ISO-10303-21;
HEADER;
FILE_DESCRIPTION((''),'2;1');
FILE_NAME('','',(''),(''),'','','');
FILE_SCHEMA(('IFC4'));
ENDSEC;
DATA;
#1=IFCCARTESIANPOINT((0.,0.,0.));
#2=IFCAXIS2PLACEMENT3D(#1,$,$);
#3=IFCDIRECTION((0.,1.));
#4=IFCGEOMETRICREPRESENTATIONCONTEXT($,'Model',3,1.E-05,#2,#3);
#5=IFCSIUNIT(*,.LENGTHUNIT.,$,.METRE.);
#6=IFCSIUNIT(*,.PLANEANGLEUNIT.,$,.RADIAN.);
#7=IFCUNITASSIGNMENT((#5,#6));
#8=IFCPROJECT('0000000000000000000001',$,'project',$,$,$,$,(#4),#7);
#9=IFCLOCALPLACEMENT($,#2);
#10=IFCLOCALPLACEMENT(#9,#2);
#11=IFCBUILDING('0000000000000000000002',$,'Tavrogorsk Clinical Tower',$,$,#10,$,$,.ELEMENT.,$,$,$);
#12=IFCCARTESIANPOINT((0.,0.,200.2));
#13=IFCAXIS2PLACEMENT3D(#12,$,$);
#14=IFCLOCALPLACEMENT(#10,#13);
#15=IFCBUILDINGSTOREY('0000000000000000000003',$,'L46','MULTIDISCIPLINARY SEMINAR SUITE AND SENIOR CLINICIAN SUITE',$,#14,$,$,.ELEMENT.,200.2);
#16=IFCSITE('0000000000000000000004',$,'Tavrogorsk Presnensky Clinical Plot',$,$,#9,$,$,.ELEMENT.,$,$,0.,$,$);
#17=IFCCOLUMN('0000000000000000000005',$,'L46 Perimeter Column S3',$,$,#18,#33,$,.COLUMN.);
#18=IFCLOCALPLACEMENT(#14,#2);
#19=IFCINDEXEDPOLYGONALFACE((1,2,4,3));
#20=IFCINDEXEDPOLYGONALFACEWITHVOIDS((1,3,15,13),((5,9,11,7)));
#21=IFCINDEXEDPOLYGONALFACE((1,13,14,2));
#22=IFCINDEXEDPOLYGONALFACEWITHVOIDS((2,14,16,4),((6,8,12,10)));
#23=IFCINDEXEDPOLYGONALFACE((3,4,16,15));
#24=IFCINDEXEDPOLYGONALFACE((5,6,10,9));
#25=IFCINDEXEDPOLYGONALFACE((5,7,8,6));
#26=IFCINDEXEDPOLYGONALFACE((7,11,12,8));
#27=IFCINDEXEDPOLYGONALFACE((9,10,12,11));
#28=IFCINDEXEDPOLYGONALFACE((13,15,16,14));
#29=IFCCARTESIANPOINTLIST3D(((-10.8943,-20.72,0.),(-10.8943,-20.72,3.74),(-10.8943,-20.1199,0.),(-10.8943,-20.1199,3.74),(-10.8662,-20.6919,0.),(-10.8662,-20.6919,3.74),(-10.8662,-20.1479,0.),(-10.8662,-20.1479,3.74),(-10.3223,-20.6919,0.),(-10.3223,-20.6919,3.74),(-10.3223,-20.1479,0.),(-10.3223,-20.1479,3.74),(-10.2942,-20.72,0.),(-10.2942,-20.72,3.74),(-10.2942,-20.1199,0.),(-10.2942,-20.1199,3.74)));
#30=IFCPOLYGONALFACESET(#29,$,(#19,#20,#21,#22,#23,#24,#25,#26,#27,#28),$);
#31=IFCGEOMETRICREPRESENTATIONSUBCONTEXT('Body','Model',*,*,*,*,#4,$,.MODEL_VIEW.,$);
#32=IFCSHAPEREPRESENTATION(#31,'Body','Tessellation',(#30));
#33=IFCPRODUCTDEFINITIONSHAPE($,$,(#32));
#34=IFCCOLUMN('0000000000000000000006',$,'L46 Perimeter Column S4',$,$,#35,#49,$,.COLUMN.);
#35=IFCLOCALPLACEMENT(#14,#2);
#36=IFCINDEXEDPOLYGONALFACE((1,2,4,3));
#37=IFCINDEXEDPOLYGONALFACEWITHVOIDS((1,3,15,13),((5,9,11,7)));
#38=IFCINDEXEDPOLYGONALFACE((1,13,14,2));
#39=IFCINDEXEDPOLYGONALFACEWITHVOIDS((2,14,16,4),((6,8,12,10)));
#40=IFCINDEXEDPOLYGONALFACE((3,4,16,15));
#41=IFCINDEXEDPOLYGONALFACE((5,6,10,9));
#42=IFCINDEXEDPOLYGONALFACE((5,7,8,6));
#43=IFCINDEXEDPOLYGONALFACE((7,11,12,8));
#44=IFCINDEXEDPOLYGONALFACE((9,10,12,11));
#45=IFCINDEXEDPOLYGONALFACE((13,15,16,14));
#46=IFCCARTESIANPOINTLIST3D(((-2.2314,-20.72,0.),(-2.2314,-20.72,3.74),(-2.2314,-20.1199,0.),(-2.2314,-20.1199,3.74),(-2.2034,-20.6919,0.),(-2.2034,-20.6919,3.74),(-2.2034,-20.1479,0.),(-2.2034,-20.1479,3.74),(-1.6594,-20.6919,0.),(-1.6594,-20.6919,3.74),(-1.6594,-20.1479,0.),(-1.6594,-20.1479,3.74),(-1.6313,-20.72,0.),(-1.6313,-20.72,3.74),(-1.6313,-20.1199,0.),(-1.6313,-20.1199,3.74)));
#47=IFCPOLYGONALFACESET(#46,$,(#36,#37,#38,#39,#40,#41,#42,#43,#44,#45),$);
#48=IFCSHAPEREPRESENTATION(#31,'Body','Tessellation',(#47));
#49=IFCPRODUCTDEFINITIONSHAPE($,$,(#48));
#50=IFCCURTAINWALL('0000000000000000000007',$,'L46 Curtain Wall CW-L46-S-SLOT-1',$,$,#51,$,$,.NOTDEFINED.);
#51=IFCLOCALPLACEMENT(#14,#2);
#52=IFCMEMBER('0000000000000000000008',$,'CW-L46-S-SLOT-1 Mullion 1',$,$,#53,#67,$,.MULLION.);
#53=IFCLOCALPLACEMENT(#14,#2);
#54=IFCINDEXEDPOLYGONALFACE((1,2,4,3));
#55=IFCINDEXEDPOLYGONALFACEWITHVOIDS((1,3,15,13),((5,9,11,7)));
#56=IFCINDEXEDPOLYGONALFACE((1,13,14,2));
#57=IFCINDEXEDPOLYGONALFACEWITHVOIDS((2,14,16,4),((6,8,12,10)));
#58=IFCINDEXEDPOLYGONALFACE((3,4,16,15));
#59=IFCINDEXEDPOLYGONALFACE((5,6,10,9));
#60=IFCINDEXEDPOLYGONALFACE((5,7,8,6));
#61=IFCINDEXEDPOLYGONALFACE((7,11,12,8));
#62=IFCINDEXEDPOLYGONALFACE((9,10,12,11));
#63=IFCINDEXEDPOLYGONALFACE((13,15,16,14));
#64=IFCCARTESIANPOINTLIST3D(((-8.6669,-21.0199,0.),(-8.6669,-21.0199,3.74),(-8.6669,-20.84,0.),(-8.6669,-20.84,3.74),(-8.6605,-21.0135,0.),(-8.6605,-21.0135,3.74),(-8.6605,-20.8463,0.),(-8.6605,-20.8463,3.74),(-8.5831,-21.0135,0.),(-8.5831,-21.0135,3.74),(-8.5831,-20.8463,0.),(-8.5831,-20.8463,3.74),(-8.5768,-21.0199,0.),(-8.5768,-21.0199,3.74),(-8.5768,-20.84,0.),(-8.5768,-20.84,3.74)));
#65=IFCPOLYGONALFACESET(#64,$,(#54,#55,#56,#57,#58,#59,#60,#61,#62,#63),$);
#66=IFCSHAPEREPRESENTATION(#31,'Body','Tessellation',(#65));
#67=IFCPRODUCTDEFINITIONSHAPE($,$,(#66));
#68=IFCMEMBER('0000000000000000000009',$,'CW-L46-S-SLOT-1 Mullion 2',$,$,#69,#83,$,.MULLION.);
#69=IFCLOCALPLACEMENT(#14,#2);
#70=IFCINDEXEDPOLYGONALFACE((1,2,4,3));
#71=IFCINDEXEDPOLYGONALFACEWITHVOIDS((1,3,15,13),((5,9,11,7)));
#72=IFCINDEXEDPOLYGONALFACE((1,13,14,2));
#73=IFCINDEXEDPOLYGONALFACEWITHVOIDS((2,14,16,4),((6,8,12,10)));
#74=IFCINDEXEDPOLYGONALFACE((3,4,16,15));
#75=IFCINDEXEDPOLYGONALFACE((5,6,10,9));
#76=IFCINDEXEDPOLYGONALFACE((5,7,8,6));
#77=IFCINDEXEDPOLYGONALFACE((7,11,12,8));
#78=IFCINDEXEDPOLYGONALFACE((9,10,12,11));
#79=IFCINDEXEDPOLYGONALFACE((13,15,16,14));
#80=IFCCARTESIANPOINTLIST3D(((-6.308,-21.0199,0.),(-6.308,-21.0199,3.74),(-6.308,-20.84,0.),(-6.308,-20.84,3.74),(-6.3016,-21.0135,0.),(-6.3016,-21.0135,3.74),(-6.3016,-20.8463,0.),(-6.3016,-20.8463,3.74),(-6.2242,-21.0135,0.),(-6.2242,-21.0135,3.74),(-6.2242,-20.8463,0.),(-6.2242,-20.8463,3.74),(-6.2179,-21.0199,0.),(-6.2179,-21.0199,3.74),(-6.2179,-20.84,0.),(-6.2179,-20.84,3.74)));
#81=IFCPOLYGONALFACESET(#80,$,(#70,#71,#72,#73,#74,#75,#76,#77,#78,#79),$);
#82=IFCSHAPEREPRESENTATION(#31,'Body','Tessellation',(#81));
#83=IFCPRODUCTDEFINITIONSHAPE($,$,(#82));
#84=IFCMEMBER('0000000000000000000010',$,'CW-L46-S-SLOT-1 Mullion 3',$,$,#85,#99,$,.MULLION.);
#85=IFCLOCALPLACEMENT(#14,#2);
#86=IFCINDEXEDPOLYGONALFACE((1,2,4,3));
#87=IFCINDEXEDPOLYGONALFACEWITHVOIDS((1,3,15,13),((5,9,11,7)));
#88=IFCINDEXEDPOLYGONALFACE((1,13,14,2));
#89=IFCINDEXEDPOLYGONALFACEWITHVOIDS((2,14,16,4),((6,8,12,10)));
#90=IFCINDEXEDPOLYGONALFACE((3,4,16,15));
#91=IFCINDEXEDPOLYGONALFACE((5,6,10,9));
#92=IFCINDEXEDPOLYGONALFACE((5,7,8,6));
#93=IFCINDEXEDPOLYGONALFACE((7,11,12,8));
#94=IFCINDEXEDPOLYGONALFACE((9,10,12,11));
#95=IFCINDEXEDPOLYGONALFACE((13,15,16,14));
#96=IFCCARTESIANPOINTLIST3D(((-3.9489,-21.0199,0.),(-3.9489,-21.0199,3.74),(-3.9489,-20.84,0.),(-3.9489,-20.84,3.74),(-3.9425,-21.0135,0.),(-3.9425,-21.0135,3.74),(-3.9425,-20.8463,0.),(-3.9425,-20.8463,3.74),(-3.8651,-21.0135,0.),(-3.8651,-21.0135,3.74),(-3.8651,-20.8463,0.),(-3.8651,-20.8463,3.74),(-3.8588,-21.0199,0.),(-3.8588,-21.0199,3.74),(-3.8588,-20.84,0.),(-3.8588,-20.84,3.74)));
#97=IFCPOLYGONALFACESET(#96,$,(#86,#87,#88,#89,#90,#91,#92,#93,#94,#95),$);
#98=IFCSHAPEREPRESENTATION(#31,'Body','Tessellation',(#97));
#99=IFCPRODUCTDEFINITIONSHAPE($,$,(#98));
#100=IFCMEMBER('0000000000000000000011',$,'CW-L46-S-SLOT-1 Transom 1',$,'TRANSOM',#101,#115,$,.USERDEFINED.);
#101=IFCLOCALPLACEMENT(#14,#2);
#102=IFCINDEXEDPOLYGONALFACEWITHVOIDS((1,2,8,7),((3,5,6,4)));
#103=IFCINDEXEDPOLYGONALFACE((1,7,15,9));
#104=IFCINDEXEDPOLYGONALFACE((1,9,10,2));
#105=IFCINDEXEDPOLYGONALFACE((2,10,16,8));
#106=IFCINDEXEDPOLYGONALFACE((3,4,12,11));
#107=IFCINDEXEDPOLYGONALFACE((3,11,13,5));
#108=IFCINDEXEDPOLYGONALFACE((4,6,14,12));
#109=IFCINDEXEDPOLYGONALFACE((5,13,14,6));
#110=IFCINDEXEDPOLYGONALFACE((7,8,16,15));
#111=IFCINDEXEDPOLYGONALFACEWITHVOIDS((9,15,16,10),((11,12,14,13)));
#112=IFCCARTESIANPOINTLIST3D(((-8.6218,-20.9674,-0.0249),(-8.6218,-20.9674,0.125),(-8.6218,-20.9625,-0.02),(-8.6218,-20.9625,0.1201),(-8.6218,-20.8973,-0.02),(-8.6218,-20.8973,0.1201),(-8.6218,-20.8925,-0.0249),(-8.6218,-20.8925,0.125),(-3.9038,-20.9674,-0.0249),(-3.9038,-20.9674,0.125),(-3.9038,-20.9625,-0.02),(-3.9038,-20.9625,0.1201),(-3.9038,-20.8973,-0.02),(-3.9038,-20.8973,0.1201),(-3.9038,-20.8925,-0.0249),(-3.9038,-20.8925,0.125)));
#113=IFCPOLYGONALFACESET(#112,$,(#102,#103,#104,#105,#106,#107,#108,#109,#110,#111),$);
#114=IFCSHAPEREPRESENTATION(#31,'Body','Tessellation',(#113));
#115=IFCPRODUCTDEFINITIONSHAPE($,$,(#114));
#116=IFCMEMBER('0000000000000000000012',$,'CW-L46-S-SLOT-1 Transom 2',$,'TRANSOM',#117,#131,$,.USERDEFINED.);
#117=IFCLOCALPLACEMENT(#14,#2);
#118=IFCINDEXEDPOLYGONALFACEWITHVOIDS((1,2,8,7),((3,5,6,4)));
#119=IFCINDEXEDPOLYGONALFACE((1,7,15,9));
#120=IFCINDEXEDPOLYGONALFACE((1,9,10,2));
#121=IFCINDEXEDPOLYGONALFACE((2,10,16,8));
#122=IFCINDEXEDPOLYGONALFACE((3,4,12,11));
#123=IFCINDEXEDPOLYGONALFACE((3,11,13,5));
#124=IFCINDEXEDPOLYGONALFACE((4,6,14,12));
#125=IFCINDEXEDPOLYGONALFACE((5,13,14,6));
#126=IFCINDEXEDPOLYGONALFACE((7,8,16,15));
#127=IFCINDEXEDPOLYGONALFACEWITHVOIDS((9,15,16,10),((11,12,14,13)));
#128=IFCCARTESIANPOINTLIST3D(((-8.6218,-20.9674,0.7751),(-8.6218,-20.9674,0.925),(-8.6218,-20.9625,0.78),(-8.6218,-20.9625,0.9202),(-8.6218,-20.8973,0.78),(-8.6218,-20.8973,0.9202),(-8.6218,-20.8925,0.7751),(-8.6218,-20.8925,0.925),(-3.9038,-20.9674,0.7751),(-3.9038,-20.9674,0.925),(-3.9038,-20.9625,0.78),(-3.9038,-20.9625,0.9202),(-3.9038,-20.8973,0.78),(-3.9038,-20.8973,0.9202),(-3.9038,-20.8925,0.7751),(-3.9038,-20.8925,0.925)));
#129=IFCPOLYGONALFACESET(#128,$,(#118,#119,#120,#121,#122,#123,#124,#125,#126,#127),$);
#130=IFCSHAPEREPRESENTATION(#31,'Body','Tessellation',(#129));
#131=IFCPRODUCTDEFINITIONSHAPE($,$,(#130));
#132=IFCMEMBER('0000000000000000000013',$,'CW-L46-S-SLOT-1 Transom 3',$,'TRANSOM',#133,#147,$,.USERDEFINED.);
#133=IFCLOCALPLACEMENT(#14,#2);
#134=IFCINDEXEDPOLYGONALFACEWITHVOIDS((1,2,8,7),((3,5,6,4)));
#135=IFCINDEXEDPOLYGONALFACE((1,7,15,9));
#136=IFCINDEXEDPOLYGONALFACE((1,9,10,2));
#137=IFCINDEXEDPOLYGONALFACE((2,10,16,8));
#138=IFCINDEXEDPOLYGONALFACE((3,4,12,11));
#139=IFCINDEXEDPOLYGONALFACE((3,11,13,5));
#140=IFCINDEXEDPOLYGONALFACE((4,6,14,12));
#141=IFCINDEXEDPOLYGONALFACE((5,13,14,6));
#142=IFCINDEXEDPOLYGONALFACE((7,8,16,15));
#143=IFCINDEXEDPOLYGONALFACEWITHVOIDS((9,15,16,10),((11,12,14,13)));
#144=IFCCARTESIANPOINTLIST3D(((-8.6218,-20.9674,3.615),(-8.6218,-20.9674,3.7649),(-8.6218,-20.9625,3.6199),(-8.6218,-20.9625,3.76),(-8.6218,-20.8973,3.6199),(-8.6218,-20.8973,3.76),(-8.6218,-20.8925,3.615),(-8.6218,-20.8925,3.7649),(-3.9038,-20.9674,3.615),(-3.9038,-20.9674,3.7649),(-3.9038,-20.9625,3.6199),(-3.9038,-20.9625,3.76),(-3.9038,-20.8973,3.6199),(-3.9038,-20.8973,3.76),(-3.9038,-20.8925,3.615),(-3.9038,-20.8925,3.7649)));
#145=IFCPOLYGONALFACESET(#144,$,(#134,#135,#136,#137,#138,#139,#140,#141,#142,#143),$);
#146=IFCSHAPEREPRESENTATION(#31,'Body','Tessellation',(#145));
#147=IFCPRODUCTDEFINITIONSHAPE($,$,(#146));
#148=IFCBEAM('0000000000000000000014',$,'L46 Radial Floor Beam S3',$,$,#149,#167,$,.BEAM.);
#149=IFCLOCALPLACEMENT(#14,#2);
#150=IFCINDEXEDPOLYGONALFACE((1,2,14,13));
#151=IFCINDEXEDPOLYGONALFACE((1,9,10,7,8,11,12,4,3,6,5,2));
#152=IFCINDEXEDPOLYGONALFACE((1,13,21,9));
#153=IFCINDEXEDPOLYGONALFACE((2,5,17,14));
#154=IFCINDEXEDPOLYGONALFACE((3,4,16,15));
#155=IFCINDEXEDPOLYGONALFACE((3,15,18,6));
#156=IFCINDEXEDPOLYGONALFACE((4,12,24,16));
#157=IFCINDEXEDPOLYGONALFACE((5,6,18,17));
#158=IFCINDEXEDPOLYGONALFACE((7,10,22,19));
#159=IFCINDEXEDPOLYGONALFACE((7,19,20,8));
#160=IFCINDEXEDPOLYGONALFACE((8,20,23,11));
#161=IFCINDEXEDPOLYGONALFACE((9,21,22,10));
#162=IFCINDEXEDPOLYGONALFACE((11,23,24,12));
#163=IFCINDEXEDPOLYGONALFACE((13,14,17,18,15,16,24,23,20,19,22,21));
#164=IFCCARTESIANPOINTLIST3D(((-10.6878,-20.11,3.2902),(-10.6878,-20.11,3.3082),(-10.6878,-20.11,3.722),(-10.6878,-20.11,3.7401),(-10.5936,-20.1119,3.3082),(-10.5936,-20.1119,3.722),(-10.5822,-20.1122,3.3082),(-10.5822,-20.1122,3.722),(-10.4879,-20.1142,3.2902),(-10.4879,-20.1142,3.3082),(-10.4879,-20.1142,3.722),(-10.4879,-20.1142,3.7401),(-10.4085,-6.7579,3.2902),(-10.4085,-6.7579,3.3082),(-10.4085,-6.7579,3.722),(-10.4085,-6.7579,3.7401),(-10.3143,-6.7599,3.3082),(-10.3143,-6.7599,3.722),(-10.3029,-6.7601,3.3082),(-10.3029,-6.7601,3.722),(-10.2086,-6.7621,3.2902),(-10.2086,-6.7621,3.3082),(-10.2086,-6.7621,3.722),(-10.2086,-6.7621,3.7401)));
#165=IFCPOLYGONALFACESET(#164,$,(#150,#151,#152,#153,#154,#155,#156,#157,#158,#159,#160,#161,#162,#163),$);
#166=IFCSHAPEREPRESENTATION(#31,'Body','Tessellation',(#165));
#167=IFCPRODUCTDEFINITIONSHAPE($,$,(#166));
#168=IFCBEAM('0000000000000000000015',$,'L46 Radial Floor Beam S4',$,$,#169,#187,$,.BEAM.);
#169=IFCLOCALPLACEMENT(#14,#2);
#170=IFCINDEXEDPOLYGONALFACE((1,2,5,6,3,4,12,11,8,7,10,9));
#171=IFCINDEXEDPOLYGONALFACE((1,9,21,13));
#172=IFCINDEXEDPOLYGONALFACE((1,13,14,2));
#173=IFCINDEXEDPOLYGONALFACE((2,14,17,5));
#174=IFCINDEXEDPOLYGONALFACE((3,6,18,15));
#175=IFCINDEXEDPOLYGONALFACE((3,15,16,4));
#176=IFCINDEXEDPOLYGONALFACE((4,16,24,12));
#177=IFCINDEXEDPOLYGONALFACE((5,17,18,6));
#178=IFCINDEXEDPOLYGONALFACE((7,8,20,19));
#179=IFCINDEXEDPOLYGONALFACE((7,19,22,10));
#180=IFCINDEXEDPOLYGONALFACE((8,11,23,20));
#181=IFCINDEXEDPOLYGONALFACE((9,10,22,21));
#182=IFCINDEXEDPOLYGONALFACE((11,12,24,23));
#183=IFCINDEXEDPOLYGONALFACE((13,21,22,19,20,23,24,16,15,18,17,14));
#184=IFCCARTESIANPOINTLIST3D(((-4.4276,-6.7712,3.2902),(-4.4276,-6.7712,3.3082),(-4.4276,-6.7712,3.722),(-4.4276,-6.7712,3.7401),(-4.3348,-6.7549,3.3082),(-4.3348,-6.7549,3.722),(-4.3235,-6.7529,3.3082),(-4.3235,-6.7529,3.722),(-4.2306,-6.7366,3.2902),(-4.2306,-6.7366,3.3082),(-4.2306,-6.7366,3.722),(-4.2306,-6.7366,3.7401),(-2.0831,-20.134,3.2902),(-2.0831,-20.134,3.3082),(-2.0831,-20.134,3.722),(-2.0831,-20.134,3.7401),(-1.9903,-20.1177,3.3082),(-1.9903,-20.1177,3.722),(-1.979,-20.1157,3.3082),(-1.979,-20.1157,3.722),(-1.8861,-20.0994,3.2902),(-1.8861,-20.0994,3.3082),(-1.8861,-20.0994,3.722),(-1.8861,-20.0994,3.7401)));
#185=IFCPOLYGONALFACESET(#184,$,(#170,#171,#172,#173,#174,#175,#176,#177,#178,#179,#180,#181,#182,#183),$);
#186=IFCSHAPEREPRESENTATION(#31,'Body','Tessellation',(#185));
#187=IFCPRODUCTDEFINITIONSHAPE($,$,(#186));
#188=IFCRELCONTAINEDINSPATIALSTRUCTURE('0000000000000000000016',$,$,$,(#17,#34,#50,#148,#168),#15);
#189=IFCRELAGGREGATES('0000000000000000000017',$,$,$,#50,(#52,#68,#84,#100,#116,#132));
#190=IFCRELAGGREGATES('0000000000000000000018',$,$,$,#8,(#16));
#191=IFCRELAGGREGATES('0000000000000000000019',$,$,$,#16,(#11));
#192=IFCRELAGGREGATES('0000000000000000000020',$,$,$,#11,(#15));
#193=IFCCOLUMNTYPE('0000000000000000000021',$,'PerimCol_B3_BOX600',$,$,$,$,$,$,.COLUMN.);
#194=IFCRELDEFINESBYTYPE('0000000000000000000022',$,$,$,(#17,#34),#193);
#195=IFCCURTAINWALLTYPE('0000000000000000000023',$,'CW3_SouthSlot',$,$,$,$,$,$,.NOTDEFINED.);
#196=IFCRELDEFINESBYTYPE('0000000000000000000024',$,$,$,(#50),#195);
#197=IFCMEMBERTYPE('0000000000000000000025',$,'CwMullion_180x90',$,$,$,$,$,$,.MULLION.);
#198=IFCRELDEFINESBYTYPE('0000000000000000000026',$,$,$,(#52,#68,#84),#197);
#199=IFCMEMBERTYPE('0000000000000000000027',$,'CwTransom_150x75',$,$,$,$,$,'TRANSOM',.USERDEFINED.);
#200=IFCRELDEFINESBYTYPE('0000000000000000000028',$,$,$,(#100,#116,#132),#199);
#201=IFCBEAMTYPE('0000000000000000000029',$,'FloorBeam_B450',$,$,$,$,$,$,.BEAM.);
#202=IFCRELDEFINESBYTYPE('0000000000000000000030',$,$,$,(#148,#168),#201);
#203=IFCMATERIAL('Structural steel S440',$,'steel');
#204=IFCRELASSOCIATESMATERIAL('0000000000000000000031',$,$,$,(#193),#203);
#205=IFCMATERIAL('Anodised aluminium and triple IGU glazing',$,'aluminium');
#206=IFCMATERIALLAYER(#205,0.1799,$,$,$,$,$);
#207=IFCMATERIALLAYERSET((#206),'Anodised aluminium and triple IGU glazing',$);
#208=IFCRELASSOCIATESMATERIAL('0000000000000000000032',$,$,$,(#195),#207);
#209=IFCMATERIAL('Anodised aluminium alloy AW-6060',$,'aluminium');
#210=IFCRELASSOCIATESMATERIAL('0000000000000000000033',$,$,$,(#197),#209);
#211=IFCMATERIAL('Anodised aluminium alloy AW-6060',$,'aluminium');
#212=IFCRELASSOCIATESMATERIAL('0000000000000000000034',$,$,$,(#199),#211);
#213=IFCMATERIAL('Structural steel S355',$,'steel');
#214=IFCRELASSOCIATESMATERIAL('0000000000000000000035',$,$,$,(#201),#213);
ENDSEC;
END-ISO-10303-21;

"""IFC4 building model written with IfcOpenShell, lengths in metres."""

from ifc_helpers import new_model, si_unit, direction, frame, origin, origin_2d, place, context, subcontext, project, spatial, hollow_rectangle, i_section, extrude, material, layer, layer_set, material_profile, profile_set, type_object, element, aggregate, save


model = new_model("IFC4")

# Units and contexts
model_context = context("Model", 3, precision=1e-05, world=origin(), true_north=direction((0.0, 1.0)))
body_context = subcontext(model_context, "Body", "Model", "MODEL_VIEW")
ifc_project = project(units=[si_unit("LENGTHUNIT", "METRE"), si_unit("PLANEANGLEUNIT", "RADIAN")], contexts=[model_context])

# Site, building, storey
site_placement = place(None, origin())
site = spatial("IfcSite", under=ifc_project, at=site_placement, Name="Tavrogorsk Presnensky Clinical Plot", CompositionType="ELEMENT", RefElevation=0.0)
building_placement = place(site_placement, origin())
building = spatial("IfcBuilding", under=site, at=building_placement, Name="Tavrogorsk Clinical Tower", CompositionType="ELEMENT")
storey_placement = place(building_placement, frame((0.0, 0.0, 200.2)))
storey = spatial("IfcBuildingStorey", under=building, at=storey_placement, Name="L46", Description="MULTIDISCIPLINARY SEMINAR SUITE AND SENIOR CLINICIAN SUITE", CompositionType="ELEMENT", Elevation=200.2)

# Columns
ifc_material_1 = material(Name="Structural steel S440", Category="steel")
ifc_material_profile_1 = material_profile(ifc_material_1, hollow_rectangle(XDim=0.6001, YDim=0.6001, WallThickness=0.0281, at=origin_2d()), Name="BOX-600x600x28")
ifc_profile_set_1 = profile_set([ifc_material_profile_1], Name="Structural steel S440")
column_type = type_object("IfcColumnType", Name="PerimCol_B3_BOX600", PredefinedType="COLUMN", material=ifc_profile_set_1)
for number, where, z_axis, x_axis, name in (
    (1, (-10.5942, -20.4199, 0.0), (0.0, 0.0, 1.0), (1.0, 0.0, 0.0), "L46 Perimeter Column S3"),
    (2, (-1.9314, -20.4199, 0.0), (0.0, 0.0, 1.0), (1.0, 0.0, 0.0), "L46 Perimeter Column S4"),
):
    element("IfcColumn", number, at=place(storey_placement, frame(where, z_axis=z_axis, x_axis=x_axis)), inside=storey, type_object=column_type, Name=name, PredefinedType="COLUMN", context=body_context, shape_type="SweptSolid", body=[
        extrude(hollow_rectangle(XDim=0.6001, YDim=0.6001, WallThickness=0.0281, at=origin_2d()), origin(), (0.0, 0.0, 1.0), 3.74),
    ])

# Curtain wall, members
ifc_material_2 = material(Name="Anodised aluminium and triple IGU glazing", Category="aluminium")
ifc_layer_1 = layer(ifc_material_2, 0.1799)
ifc_layer_set_1 = layer_set([ifc_layer_1], Name="Anodised aluminium and triple IGU glazing")
curtain_wall_type = type_object("IfcCurtainWallType", Name="CW3_SouthSlot", PredefinedType="NOTDEFINED", material=ifc_layer_set_1)
curtain_wall_placement = place(storey_placement, origin())
curtain_wall = element("IfcCurtainWall", 3, at=curtain_wall_placement, inside=storey, type_object=curtain_wall_type, Name="L46 Curtain Wall CW-L46-S-SLOT-1", PredefinedType="NOTDEFINED")
ifc_material_3 = material(Name="Anodised aluminium alloy AW-6060", Category="aluminium")
ifc_material_profile_2 = material_profile(ifc_material_3, hollow_rectangle(XDim=0.0901, YDim=0.1799, WallThickness=0.0063, at=origin_2d()), Name="RHS-180x90x6.3")
ifc_profile_set_2 = profile_set([ifc_material_profile_2], Name="Anodised aluminium alloy AW-6060")
member_type_1 = type_object("IfcMemberType", Name="CwMullion_180x90", PredefinedType="MULLION", material=ifc_profile_set_2)
member_1_placement = place(storey_placement, frame((-8.6218, -20.9299, 0.0), z_axis=(0.0, 0.0, 1.0), x_axis=(1.0, 0.0, 0.0)))
member_1 = element("IfcMember", 4, at=member_1_placement, type_object=member_type_1, Name="CW-L46-S-SLOT-1 Mullion 1", PredefinedType="MULLION", context=body_context, shape_type="SweptSolid", body=[
    extrude(hollow_rectangle(XDim=0.0901, YDim=0.1799, WallThickness=0.0063, at=origin_2d()), origin(), (0.0, 0.0, 1.0), 3.74),
])
member_2_placement = place(storey_placement, frame((-6.2629, -20.9299, 0.0), z_axis=(0.0, 0.0, 1.0), x_axis=(1.0, 0.0, 0.0)))
member_2 = element("IfcMember", 5, at=member_2_placement, type_object=member_type_1, Name="CW-L46-S-SLOT-1 Mullion 2", PredefinedType="MULLION", context=body_context, shape_type="SweptSolid", body=[
    extrude(hollow_rectangle(XDim=0.0901, YDim=0.1799, WallThickness=0.0063, at=origin_2d()), origin(), (0.0, 0.0, 1.0), 3.74),
])
member_3_placement = place(storey_placement, frame((-3.9038, -20.9299, 0.0), z_axis=(0.0, 0.0, 1.0), x_axis=(1.0, 0.0, 0.0)))
member_3 = element("IfcMember", 6, at=member_3_placement, type_object=member_type_1, Name="CW-L46-S-SLOT-1 Mullion 3", PredefinedType="MULLION", context=body_context, shape_type="SweptSolid", body=[
    extrude(hollow_rectangle(XDim=0.0901, YDim=0.1799, WallThickness=0.0063, at=origin_2d()), origin(), (0.0, 0.0, 1.0), 3.74),
])
ifc_material_4 = material(Name="Anodised aluminium alloy AW-6060", Category="aluminium")
ifc_material_profile_3 = material_profile(ifc_material_4, hollow_rectangle(XDim=0.075, YDim=0.1499, WallThickness=0.0049, at=origin_2d()), Name="RHS-150x75x5")
ifc_profile_set_3 = profile_set([ifc_material_profile_3], Name="Anodised aluminium alloy AW-6060")
member_type_2 = type_object("IfcMemberType", Name="CwTransom_150x75", ElementType="TRANSOM", PredefinedType="USERDEFINED", material=ifc_profile_set_3)
member_4_placement = place(storey_placement, frame((-8.6218, -20.9299, 0.05), z_axis=(1.0, 0.0, 0.0), x_axis=(0.0, 1.0, 0.0)))
member_4 = element("IfcMember", 7, at=member_4_placement, type_object=member_type_2, Name="CW-L46-S-SLOT-1 Transom 1", ObjectType="TRANSOM", PredefinedType="USERDEFINED", context=body_context, shape_type="SweptSolid", body=[
    extrude(hollow_rectangle(XDim=0.075, YDim=0.1499, WallThickness=0.0049, at=origin_2d()), origin(), (0.0, 0.0, 1.0), 4.718),
])
member_5_placement = place(storey_placement, frame((-8.6218, -20.9299, 0.8501), z_axis=(1.0, 0.0, 0.0), x_axis=(0.0, 1.0, 0.0)))
member_5 = element("IfcMember", 8, at=member_5_placement, type_object=member_type_2, Name="CW-L46-S-SLOT-1 Transom 2", ObjectType="TRANSOM", PredefinedType="USERDEFINED", context=body_context, shape_type="SweptSolid", body=[
    extrude(hollow_rectangle(XDim=0.075, YDim=0.1499, WallThickness=0.0049, at=origin_2d()), origin(), (0.0, 0.0, 1.0), 4.718),
])
member_6_placement = place(storey_placement, frame((-8.6218, -20.9299, 3.6899), z_axis=(1.0, 0.0, 0.0), x_axis=(0.0, 1.0, 0.0)))
member_6 = element("IfcMember", 9, at=member_6_placement, type_object=member_type_2, Name="CW-L46-S-SLOT-1 Transom 3", ObjectType="TRANSOM", PredefinedType="USERDEFINED", context=body_context, shape_type="SweptSolid", body=[
    extrude(hollow_rectangle(XDim=0.075, YDim=0.1499, WallThickness=0.0049, at=origin_2d()), origin(), (0.0, 0.0, 1.0), 4.718),
])

# Beams
ifc_material_5 = material(Name="Structural steel S355", Category="steel")
ifc_material_profile_4 = material_profile(ifc_material_5, i_section(OverallWidth=0.2, OverallDepth=0.45, WebThickness=0.0115, FlangeThickness=0.0181, at=origin_2d()), Name="B-450x200x11.5x18")
ifc_profile_set_4 = profile_set([ifc_material_profile_4], Name="Structural steel S355")
beam_type_1 = type_object("IfcBeamType", Name="FloorBeam_B450", PredefinedType="BEAM", material=ifc_profile_set_4)
beam_1_placement = place(storey_placement, frame((-10.3086, -6.76, 3.5151), z_axis=(-0.020913, -0.999781, 0.0), x_axis=(0.999781, -0.020913, 0.0)))
element("IfcBeam", 10, at=beam_1_placement, inside=storey, type_object=beam_type_1, Name="L46 Radial Floor Beam S3", PredefinedType="BEAM", context=body_context, shape_type="SweptSolid", body=[
    extrude(i_section(OverallWidth=0.2, OverallDepth=0.45, WebThickness=0.0115, FlangeThickness=0.0181, at=origin_2d()), origin(), (0.0, 0.0, 1.0), 13.355),
])
beam_2_placement = place(storey_placement, frame((-4.3291, -6.7539, 3.5151), z_axis=(0.172809, -0.984955, 0.0), x_axis=(0.984955, 0.172809, 0.0)))
element("IfcBeam", 11, at=beam_2_placement, inside=storey, type_object=beam_type_1, Name="L46 Radial Floor Beam S4", PredefinedType="BEAM", context=body_context, shape_type="SweptSolid", body=[
    extrude(i_section(OverallWidth=0.2, OverallDepth=0.45, WebThickness=0.0115, FlangeThickness=0.0181, at=origin_2d()), origin(), (0.0, 0.0, 1.0), 13.5669),
])

aggregate(curtain_wall, [member_1, member_2, member_3, member_4, member_5, member_6])

save(model, "model.ifc")
